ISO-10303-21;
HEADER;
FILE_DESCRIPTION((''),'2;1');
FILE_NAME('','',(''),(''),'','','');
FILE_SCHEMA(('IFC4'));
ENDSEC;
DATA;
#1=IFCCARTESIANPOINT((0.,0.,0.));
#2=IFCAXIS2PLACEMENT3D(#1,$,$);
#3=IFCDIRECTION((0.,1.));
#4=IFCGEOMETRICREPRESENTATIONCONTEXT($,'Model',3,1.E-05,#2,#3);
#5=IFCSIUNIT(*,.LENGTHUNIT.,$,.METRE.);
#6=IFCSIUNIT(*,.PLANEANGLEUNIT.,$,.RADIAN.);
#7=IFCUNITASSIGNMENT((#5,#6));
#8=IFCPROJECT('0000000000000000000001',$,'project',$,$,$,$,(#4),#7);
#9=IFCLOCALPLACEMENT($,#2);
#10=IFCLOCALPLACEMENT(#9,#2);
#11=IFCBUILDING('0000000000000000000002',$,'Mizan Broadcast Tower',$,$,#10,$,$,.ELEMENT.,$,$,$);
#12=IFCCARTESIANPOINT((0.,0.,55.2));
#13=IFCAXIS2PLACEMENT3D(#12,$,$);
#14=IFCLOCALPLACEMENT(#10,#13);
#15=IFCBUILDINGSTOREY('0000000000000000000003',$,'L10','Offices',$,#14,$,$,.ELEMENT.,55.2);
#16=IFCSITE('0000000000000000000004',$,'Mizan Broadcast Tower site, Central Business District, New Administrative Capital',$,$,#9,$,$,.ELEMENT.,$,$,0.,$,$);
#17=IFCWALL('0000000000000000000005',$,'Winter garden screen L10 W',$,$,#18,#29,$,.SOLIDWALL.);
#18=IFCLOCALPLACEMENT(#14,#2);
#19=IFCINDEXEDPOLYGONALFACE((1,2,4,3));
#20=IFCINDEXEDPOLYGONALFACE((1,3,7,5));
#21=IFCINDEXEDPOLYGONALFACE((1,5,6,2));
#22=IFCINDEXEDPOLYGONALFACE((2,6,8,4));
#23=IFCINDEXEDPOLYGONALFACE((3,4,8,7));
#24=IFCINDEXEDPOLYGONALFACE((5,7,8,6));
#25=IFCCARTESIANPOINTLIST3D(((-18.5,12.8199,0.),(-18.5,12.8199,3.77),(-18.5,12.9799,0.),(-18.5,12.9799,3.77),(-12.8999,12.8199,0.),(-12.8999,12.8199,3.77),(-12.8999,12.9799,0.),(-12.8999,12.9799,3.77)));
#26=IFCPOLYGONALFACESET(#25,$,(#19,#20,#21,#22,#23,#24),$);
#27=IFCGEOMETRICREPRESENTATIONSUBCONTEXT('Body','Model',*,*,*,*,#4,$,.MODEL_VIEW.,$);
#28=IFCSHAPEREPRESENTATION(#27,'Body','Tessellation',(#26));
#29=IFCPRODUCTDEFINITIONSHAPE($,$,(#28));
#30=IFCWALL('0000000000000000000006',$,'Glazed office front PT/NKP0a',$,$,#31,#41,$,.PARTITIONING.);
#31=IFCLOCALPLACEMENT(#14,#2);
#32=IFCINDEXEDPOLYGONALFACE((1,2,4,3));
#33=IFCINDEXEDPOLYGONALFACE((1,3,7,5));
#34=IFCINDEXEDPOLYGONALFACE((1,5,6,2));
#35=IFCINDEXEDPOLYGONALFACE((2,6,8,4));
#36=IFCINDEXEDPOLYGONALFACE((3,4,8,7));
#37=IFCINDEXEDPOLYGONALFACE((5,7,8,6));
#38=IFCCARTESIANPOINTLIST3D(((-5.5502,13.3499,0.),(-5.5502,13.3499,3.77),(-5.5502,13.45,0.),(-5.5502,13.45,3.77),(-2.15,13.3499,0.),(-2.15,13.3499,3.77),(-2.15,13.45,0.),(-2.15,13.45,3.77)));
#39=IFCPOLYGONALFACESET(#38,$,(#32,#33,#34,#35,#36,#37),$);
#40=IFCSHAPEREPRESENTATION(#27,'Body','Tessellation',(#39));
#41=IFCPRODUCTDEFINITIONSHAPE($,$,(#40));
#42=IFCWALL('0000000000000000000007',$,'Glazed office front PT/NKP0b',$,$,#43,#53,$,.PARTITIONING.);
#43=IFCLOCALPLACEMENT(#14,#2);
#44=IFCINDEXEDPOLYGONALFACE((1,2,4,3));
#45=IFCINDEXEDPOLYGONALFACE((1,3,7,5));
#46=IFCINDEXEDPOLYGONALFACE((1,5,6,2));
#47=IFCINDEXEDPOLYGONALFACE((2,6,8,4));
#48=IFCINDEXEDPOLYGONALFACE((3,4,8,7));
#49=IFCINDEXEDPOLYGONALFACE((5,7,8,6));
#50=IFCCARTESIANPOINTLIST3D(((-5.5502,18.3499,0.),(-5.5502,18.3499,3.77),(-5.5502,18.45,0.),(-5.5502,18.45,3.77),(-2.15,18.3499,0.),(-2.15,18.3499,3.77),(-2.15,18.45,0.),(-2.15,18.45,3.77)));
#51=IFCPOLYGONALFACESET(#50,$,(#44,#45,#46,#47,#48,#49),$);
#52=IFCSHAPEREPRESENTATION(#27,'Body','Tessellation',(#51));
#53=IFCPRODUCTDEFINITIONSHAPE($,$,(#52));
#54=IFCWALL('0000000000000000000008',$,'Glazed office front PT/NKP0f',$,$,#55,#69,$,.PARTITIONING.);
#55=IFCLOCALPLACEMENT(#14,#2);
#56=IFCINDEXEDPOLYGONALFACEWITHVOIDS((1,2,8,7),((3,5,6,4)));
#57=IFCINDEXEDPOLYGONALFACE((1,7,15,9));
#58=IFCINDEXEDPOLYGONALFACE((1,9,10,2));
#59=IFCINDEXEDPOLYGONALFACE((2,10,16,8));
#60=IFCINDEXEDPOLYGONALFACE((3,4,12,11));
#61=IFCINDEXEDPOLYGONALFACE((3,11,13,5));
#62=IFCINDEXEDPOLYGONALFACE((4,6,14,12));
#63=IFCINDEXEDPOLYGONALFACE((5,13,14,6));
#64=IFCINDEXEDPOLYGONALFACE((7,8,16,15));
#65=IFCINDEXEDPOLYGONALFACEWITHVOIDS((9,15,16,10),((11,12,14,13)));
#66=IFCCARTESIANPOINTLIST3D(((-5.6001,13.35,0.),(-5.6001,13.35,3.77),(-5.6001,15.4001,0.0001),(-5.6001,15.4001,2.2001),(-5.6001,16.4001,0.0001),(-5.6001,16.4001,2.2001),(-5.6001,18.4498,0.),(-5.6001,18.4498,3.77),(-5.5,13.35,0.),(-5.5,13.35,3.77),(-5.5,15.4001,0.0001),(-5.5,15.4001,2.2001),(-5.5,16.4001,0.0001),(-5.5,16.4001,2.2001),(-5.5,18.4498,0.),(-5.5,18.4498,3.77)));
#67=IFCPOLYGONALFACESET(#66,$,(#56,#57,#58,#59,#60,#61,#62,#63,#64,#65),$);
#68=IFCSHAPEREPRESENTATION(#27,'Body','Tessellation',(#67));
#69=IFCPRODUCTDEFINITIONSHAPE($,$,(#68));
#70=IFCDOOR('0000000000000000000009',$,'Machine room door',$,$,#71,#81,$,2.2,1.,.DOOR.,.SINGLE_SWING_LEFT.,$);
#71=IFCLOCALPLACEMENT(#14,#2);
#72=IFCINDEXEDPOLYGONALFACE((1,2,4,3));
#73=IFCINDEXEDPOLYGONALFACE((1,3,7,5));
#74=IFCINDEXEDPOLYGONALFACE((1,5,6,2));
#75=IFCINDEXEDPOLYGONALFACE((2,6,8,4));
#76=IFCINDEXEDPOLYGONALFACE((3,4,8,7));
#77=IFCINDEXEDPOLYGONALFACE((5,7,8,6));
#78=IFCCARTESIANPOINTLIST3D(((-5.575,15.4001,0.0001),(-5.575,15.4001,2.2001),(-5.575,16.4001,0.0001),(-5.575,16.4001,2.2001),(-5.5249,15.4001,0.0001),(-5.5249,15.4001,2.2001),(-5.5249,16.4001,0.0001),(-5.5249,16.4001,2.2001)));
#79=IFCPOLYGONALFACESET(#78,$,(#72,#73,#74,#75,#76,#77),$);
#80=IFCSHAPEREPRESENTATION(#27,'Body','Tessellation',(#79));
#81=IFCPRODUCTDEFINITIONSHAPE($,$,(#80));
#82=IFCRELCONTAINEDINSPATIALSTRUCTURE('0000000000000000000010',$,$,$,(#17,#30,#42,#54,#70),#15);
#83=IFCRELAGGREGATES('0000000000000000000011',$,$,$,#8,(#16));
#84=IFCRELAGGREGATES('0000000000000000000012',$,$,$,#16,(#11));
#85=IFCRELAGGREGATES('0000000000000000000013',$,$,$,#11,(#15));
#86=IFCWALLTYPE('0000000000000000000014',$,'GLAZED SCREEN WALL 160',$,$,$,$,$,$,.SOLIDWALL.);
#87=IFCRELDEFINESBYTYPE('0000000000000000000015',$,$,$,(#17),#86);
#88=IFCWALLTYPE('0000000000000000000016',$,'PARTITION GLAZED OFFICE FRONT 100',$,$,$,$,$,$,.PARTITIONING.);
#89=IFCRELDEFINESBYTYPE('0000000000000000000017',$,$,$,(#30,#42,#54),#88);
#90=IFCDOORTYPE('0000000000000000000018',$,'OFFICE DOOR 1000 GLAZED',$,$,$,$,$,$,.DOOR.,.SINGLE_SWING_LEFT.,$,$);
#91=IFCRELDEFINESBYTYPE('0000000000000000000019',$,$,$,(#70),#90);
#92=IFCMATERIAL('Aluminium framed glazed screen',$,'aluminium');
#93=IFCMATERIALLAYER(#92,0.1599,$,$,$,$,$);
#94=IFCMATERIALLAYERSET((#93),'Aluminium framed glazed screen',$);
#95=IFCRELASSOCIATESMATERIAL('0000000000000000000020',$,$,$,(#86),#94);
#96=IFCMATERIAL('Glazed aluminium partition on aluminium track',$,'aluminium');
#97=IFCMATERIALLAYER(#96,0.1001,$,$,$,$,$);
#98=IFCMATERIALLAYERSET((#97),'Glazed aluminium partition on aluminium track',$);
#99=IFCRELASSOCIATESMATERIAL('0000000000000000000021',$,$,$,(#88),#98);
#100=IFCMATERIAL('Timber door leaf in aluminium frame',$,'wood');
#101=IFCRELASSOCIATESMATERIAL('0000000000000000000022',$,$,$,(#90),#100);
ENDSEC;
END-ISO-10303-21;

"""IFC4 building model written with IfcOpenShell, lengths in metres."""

from ifc_helpers import new_model, si_unit, direction, frame, frame_2d, origin, place, context, subcontext, project, spatial, rectangle, extrude, material, layer, layer_set, type_object, element, fill, save


model = new_model("IFC4")

# Units and contexts
model_context = context("Model", 3, precision=1e-05, world=origin(), true_north=direction((0.0, 1.0)))
body_context = subcontext(model_context, "Body", "Model", "MODEL_VIEW")
ifc_project = project(units=[si_unit("LENGTHUNIT", "METRE"), si_unit("PLANEANGLEUNIT", "RADIAN")], contexts=[model_context])

# Site, building, storey
site_placement = place(None, origin())
site = spatial("IfcSite", under=ifc_project, at=site_placement, Name="Mizan Broadcast Tower site, Central Business District, New Administrative Capital", CompositionType="ELEMENT", RefElevation=0.0)
building_placement = place(site_placement, origin())
building = spatial("IfcBuilding", under=site, at=building_placement, Name="Mizan Broadcast Tower", CompositionType="ELEMENT")
storey_placement = place(building_placement, frame((0.0, 0.0, 55.2)))
storey = spatial("IfcBuildingStorey", under=building, at=storey_placement, Name="L10", Description="Offices", CompositionType="ELEMENT", Elevation=55.2)

# Shared definitions
ifc_material_1 = material(Name="Aluminium framed glazed screen", Category="aluminium")
ifc_layer_1 = layer(ifc_material_1, 0.1599)
ifc_layer_set_1 = layer_set([ifc_layer_1], Name="Aluminium framed glazed screen")
wall_type_1 = type_object("IfcWallType", Name="GLAZED SCREEN WALL 160", PredefinedType="SOLIDWALL", material=ifc_layer_set_1)

# Walls
wall_1_placement = place(storey_placement, frame((-12.8999, 12.8999, 0.0), z_axis=(0.0, 0.0, 1.0), x_axis=(-1.0, 0.0, 0.0)))
element("IfcWall", 1, at=wall_1_placement, inside=storey, type_object=wall_type_1, Name="Winter garden screen L10 W", PredefinedType="SOLIDWALL", context=body_context, shape_type="SweptSolid", body=[
    extrude(rectangle(XDim=5.6001, YDim=0.1599, at=frame_2d((2.8, 0.0))), origin(), (0.0, 0.0, 1.0), 3.77),
])
ifc_material_2 = material(Name="Glazed aluminium partition on aluminium track", Category="aluminium")
ifc_layer_2 = layer(ifc_material_2, 0.1001)
ifc_layer_set_2 = layer_set([ifc_layer_2], Name="Glazed aluminium partition on aluminium track")
wall_type_2 = type_object("IfcWallType", Name="PARTITION GLAZED OFFICE FRONT 100", PredefinedType="PARTITIONING", material=ifc_layer_set_2)
for number, where, z_axis, x_axis, name in (
    (2, (-2.1499, 13.3999, 0.0), (0.0, 0.0, 1.0), (-1.0, 0.0, 0.0), "Glazed office front PT/NKP0a"),
    (3, (-2.1499, 18.3999, 0.0), (0.0, 0.0, 1.0), (-1.0, 0.0, 0.0), "Glazed office front PT/NKP0b"),
):
    element("IfcWall", number, at=place(storey_placement, frame(where, z_axis=z_axis, x_axis=x_axis)), inside=storey, type_object=wall_type_2, Name=name, PredefinedType="PARTITIONING", context=body_context, shape_type="SweptSolid", body=[
        extrude(rectangle(XDim=3.4001, YDim=0.1001, at=frame_2d((1.7002, 0.0))), origin(), (0.0, 0.0, 1.0), 3.77),
    ])

# Wall, opening, door
wall_2_placement = place(storey_placement, frame((-5.55, 13.3501, 0.0), z_axis=(0.0, 0.0, 1.0), x_axis=(0.0, 1.0, 0.0)))
wall_2 = element("IfcWall", 4, at=wall_2_placement, inside=storey, type_object=wall_type_2, Name="Glazed office front PT/NKP0f", PredefinedType="PARTITIONING", context=body_context, shape_type="SweptSolid", body=[
    extrude(rectangle(XDim=5.0999, YDim=0.1001, at=frame_2d((2.5498, 0.0))), origin(), (0.0, 0.0, 1.0), 3.77),
])
opening_1_placement = place(wall_2_placement, frame((2.05, 0.0, 0.0)))
opening_1 = element("IfcOpeningElement", 5, at=opening_1_placement, cuts=wall_2, PredefinedType="OPENING", context=body_context, shape_type="SweptSolid", body=[
    extrude(rectangle(XDim=1.0, YDim=2.2, at=frame_2d((0.5, 1.1001))), frame((0.0, 0.0601, 0.0), z_axis=(0.0, -1.0, 0.0), x_axis=(1.0, 0.0, 0.0)), (0.0, 0.0, 1.0), 0.1201),
])
ifc_material_3 = material(Name="Timber door leaf in aluminium frame", Category="wood")
door_type_1 = type_object("IfcDoorType", Name="OFFICE DOOR 1000 GLAZED", OperationType="SINGLE_SWING_LEFT", PredefinedType="DOOR", material=ifc_material_3)
door_1_placement = place(opening_1_placement, origin())
door_1 = element("IfcDoor", 6, at=door_1_placement, inside=storey, type_object=door_type_1, Name="Machine room door", OperationType="SINGLE_SWING_LEFT", OverallHeight=2.2, OverallWidth=1.0, PredefinedType="DOOR", context=body_context, shape_type="SweptSolid", body=[
    extrude(rectangle(XDim=1.0, YDim=2.2, at=frame_2d((0.5, 1.1001))), frame((0.0, 0.0249, 0.0), z_axis=(0.0, -1.0, 0.0), x_axis=(1.0, 0.0, 0.0)), (0.0, 0.0, 1.0), 0.05),
])
fill(opening_1, door_1)

save(model, "model.ifc")
